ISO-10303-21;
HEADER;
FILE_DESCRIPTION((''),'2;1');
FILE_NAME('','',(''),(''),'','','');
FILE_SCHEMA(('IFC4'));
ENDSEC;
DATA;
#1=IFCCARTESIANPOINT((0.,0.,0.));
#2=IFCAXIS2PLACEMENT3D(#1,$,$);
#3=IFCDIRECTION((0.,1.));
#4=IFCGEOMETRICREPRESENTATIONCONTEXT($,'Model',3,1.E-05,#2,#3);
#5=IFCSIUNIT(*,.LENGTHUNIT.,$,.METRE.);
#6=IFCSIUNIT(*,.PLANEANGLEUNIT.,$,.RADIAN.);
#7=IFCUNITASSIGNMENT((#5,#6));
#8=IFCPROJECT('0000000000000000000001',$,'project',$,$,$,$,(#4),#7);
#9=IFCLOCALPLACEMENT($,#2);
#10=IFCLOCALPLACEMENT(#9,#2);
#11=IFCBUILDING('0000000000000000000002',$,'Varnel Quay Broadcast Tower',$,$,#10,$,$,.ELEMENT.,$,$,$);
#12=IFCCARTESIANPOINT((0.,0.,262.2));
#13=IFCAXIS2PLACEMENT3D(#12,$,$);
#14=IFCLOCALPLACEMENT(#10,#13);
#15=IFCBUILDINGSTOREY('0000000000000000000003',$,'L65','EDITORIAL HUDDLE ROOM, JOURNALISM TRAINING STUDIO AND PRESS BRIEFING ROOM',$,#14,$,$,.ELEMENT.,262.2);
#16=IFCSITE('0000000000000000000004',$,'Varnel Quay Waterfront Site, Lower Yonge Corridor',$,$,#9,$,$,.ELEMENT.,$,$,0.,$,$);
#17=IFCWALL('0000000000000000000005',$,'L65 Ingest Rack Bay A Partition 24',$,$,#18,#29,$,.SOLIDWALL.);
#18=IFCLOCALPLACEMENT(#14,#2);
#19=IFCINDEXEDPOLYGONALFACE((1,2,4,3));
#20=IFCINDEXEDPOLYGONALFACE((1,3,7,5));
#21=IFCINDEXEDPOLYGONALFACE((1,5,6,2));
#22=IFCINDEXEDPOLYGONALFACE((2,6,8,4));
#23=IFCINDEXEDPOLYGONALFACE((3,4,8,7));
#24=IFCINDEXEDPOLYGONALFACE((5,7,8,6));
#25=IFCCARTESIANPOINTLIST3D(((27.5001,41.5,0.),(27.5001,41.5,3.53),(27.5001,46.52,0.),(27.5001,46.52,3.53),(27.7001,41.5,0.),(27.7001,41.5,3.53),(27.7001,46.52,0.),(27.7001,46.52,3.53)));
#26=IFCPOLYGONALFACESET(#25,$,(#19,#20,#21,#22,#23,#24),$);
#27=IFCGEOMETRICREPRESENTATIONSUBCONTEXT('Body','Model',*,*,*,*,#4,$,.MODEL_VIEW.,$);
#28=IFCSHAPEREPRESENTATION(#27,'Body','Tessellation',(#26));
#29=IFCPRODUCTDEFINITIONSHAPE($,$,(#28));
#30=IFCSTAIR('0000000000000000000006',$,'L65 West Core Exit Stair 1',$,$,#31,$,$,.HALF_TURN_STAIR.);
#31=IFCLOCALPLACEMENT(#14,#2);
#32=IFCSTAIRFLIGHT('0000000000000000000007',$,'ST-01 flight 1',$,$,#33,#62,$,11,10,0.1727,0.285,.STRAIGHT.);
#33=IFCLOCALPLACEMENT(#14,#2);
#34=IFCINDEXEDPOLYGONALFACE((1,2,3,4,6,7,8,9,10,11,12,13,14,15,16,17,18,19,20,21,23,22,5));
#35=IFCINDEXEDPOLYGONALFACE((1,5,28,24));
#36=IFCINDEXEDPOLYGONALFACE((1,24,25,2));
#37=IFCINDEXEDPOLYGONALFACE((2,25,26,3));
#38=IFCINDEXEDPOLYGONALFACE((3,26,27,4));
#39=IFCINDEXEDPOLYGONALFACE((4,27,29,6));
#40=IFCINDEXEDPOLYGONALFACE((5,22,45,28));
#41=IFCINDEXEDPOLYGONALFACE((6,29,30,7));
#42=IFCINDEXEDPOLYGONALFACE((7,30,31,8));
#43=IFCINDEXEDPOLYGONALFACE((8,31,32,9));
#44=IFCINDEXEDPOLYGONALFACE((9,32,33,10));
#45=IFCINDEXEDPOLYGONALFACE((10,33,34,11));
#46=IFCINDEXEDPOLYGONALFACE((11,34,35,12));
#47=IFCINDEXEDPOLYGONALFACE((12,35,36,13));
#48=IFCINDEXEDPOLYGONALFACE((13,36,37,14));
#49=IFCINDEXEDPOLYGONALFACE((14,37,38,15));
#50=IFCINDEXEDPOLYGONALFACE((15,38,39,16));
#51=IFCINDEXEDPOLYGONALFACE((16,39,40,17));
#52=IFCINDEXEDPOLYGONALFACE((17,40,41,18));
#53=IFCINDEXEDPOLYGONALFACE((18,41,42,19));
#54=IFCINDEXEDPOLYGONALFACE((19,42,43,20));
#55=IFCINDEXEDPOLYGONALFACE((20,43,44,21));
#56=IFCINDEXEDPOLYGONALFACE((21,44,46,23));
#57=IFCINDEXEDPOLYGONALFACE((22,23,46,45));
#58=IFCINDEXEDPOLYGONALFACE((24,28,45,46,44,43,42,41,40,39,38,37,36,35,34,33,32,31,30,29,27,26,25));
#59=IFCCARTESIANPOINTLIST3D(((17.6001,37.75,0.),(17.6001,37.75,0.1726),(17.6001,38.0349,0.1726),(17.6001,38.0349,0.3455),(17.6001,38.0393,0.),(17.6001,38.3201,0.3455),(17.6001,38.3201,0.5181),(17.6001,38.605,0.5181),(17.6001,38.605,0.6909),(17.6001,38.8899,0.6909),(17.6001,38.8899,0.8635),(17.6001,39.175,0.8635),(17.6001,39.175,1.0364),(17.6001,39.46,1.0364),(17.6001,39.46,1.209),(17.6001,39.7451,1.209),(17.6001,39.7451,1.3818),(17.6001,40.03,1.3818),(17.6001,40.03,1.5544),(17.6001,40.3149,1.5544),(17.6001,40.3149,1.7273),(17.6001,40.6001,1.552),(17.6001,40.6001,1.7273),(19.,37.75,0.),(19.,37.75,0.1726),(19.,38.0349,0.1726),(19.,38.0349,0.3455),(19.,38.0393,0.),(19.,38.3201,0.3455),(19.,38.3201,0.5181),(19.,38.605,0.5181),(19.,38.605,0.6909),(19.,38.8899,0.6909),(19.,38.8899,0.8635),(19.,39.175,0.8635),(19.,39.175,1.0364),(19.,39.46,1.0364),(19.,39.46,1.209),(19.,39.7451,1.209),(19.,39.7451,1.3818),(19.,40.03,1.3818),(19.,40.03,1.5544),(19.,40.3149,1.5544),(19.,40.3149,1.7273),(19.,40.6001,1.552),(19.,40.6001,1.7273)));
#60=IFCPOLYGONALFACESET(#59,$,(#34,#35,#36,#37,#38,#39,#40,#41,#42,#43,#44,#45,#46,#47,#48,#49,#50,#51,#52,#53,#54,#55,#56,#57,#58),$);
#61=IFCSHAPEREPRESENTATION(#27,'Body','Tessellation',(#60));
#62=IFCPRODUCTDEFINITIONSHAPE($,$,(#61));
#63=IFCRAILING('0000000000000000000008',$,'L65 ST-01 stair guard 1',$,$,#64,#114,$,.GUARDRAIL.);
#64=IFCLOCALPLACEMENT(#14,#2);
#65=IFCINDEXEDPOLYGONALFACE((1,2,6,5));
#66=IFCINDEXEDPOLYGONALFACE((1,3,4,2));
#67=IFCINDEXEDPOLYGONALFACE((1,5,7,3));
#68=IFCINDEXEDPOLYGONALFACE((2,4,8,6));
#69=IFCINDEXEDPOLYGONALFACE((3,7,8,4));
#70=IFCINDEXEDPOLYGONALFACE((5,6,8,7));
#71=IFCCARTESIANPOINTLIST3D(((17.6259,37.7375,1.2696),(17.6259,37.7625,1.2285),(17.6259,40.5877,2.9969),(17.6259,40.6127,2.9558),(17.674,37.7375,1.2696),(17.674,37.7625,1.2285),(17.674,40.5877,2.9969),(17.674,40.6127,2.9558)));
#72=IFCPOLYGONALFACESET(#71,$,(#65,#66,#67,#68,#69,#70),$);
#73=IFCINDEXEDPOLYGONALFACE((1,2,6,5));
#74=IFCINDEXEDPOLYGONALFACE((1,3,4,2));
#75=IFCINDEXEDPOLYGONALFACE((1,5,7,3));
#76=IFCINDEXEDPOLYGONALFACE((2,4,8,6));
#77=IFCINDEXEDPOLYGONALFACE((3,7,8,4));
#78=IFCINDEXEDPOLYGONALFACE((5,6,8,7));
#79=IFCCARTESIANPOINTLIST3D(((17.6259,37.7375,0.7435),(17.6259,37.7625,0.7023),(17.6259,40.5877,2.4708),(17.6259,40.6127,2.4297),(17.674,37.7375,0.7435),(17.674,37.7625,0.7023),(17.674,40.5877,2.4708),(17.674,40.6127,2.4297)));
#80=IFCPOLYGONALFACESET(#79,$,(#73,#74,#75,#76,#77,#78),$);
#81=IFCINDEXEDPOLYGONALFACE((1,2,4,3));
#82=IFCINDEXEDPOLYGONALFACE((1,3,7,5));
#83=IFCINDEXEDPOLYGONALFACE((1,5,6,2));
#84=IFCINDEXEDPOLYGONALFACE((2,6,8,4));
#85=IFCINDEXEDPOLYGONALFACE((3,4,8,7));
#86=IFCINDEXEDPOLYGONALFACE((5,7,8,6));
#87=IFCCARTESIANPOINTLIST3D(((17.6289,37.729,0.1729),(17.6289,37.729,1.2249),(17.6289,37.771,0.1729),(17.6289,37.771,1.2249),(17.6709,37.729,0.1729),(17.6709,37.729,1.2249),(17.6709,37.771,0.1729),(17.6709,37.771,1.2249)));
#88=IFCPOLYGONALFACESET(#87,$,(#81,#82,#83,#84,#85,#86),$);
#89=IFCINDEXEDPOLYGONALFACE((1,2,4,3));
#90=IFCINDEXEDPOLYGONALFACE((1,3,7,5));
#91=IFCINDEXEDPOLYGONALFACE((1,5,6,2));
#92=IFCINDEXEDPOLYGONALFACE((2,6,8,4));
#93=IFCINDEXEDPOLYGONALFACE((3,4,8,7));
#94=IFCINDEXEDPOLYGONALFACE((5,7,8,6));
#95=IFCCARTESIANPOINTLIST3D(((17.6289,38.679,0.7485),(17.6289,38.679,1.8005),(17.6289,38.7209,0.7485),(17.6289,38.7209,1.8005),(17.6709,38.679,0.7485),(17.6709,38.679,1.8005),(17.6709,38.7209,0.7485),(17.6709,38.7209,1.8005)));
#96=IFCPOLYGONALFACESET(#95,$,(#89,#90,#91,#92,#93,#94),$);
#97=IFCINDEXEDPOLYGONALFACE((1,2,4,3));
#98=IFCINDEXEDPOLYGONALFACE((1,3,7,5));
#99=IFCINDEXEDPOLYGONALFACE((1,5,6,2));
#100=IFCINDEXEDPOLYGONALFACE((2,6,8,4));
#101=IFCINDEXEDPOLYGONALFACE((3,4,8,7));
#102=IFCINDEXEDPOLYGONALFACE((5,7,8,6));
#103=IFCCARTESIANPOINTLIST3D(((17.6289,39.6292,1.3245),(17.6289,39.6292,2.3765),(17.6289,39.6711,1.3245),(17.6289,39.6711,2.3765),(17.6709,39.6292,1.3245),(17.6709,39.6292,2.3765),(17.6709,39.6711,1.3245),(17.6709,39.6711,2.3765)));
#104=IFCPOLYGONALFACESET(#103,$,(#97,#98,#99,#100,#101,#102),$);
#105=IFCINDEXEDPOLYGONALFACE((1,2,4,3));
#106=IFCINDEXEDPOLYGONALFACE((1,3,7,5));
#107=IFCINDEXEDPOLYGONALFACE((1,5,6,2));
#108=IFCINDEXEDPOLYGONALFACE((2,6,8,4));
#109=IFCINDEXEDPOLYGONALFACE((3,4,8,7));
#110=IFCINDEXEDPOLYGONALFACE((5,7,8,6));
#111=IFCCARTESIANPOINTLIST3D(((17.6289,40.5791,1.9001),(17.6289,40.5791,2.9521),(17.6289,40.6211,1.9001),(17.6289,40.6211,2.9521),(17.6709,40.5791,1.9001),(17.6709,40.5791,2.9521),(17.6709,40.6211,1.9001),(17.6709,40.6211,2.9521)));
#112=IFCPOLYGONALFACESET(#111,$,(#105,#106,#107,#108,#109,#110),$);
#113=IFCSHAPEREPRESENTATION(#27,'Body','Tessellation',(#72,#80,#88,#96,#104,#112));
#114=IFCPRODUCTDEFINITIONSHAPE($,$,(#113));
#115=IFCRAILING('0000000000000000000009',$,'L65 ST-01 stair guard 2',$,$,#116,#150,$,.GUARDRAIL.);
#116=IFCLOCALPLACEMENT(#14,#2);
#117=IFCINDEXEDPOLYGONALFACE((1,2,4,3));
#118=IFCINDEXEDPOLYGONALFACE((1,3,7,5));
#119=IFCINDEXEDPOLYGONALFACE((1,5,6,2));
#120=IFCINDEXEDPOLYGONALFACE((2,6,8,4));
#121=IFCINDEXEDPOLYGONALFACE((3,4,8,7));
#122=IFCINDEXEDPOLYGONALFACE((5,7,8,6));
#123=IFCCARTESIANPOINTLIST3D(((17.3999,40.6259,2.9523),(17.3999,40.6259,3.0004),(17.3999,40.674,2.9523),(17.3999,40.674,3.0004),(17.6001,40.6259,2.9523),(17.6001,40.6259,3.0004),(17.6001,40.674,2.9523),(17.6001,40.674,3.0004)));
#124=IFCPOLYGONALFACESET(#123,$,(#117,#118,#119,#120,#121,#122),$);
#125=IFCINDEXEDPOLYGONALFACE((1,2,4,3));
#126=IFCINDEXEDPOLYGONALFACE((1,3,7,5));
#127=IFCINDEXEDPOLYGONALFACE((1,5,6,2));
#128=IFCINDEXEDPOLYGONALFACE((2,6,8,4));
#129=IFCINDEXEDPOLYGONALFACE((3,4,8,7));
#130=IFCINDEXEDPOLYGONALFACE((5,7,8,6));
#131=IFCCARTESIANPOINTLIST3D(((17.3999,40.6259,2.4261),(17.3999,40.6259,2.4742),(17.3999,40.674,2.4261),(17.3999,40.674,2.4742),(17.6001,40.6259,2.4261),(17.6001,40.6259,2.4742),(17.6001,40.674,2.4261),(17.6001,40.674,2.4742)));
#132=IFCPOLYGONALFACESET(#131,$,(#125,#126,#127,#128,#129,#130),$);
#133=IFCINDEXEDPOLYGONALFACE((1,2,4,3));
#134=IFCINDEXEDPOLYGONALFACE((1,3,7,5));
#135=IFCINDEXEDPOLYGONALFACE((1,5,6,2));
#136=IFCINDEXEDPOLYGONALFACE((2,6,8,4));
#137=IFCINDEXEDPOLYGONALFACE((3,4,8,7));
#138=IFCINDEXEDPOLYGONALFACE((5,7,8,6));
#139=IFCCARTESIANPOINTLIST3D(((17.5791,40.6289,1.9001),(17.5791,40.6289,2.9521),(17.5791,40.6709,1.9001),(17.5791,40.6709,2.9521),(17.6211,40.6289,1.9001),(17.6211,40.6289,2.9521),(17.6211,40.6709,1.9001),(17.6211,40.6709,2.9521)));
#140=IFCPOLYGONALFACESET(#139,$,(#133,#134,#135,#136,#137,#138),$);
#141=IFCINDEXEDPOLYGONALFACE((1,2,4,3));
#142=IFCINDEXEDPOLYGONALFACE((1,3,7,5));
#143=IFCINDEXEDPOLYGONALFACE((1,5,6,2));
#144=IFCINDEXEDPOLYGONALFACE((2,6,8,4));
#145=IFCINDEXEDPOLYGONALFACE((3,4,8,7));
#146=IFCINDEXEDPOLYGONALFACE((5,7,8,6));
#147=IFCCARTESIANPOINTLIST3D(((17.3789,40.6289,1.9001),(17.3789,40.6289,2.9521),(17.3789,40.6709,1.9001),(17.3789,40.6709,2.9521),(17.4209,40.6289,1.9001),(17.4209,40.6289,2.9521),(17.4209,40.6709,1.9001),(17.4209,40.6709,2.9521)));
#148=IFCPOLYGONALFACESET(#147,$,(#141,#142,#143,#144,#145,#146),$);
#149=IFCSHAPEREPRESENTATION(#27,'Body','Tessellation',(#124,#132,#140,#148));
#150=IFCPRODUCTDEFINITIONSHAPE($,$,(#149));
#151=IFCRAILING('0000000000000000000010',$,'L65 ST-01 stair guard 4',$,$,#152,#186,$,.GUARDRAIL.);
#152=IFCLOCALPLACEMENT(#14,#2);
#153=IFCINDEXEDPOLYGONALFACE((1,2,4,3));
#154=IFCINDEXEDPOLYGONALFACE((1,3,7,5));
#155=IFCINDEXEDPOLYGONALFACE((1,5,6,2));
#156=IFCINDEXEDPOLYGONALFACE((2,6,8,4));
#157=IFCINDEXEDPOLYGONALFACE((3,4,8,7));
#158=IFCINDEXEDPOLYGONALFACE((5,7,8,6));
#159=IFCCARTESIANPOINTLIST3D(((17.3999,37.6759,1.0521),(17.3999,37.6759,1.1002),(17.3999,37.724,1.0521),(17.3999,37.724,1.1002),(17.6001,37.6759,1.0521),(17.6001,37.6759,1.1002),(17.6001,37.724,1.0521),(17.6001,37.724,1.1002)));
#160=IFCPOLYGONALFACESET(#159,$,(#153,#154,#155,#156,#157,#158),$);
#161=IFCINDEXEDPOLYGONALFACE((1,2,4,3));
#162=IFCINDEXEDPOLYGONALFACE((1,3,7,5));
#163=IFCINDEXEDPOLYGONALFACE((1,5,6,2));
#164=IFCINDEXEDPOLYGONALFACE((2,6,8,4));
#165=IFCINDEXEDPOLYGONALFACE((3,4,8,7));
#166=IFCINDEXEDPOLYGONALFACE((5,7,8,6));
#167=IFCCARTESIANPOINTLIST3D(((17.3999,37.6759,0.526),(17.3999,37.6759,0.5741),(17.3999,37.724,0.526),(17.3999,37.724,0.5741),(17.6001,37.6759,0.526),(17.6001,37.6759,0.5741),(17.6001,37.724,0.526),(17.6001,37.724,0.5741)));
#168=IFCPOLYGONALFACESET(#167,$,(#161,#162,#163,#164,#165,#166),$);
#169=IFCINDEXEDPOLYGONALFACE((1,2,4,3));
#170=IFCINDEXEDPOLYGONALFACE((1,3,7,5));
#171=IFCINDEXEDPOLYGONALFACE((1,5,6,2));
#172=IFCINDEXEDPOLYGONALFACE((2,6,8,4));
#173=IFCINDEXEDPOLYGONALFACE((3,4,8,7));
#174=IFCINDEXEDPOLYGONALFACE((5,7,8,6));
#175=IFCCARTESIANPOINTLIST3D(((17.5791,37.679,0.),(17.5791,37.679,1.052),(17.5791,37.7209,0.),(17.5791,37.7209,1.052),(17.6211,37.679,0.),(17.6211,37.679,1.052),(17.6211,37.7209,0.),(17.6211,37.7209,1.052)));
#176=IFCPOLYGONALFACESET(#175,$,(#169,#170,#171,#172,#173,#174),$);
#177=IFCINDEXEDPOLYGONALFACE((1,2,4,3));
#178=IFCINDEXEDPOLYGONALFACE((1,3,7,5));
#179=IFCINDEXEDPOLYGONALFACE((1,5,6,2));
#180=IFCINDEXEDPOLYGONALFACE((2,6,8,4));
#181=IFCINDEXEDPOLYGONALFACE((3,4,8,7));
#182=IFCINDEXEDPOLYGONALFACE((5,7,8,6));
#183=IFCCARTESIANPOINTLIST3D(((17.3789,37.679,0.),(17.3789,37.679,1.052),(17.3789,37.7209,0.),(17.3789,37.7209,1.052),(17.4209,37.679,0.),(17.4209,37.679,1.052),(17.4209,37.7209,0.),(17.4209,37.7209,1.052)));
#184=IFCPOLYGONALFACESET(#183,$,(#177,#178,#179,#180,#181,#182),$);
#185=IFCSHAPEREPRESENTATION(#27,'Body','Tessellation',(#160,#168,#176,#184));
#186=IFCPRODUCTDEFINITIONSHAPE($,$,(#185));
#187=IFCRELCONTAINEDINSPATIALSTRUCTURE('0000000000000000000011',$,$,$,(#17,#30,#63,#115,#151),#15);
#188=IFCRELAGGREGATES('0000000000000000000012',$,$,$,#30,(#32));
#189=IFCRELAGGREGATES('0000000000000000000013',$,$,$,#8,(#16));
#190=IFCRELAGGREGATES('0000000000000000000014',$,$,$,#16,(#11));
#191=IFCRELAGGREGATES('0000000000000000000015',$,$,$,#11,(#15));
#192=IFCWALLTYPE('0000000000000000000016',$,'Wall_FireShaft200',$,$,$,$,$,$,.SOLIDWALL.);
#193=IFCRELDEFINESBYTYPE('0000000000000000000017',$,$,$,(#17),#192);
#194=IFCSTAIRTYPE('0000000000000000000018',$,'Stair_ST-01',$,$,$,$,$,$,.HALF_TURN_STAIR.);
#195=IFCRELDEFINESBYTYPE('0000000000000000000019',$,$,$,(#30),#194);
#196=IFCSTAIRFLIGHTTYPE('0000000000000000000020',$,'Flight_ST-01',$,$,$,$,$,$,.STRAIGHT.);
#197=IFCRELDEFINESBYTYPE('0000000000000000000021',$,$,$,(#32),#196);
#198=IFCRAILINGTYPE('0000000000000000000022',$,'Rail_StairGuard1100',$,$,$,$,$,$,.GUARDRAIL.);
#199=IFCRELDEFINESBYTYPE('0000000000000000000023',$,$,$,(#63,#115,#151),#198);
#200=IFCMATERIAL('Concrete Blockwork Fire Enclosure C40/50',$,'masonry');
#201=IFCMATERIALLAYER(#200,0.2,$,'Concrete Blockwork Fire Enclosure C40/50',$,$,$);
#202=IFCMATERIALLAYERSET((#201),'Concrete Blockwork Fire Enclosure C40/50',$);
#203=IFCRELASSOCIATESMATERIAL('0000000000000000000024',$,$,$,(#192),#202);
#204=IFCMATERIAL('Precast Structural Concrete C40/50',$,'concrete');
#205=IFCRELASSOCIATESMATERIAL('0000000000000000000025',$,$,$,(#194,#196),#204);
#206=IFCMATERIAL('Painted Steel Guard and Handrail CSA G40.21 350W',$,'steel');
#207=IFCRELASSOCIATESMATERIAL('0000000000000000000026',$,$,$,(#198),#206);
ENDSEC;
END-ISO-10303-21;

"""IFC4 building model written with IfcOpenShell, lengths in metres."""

from ifc_helpers import new_model, si_unit, direction, frame, frame_2d, origin, origin_2d, place, context, subcontext, project, spatial, polyline, rectangle, outline, extrude, material, layer, layer_set, type_object, element, aggregate, save


model = new_model("IFC4")

# Units and contexts
model_context = context("Model", 3, precision=1e-05, world=origin(), true_north=direction((0.0, 1.0)))
body_context = subcontext(model_context, "Body", "Model", "MODEL_VIEW")
ifc_project = project(units=[si_unit("LENGTHUNIT", "METRE"), si_unit("PLANEANGLEUNIT", "RADIAN")], contexts=[model_context])

# Site, building, storey
site_placement = place(None, origin())
site = spatial("IfcSite", under=ifc_project, at=site_placement, Name="Varnel Quay Waterfront Site, Lower Yonge Corridor", CompositionType="ELEMENT", RefElevation=0.0)
building_placement = place(site_placement, origin())
building = spatial("IfcBuilding", under=site, at=building_placement, Name="Varnel Quay Broadcast Tower", CompositionType="ELEMENT")
storey_placement = place(building_placement, frame((0.0, 0.0, 262.2)))
storey = spatial("IfcBuildingStorey", under=building, at=storey_placement, Name="L65", Description="EDITORIAL HUDDLE ROOM, JOURNALISM TRAINING STUDIO AND PRESS BRIEFING ROOM", CompositionType="ELEMENT", Elevation=262.2)

# Wall
ifc_material_1 = material(Name="Concrete Blockwork Fire Enclosure C40/50", Category="masonry")
ifc_layer_1 = layer(ifc_material_1, 0.2, Name="Concrete Blockwork Fire Enclosure C40/50")
ifc_layer_set_1 = layer_set([ifc_layer_1], Name="Concrete Blockwork Fire Enclosure C40/50")
wall_type_1 = type_object("IfcWallType", Name="Wall_FireShaft200", PredefinedType="SOLIDWALL", material=ifc_layer_set_1)
wall_1_placement = place(storey_placement, frame((27.6001, 41.5, 0.0), z_axis=(0.0, 0.0, 1.0), x_axis=(0.0, 1.0, 0.0)))
element("IfcWall", 1, at=wall_1_placement, inside=storey, type_object=wall_type_1, Name="L65 Ingest Rack Bay A Partition 24", PredefinedType="SOLIDWALL", context=body_context, shape_type="SweptSolid", body=[
    extrude(rectangle(XDim=5.02, YDim=0.2, at=frame_2d((2.51, 0.0))), origin(), (0.0, 0.0, 1.0), 3.53),
])

# Stair, stair flight
ifc_material_2 = material(Name="Precast Structural Concrete C40/50", Category="concrete")
stair_type = type_object("IfcStairType", Name="Stair_ST-01", PredefinedType="HALF_TURN_STAIR", material=ifc_material_2)
stair_placement = place(storey_placement, origin())
stair = element("IfcStair", 2, at=stair_placement, inside=storey, type_object=stair_type, Name="L65 West Core Exit Stair 1", PredefinedType="HALF_TURN_STAIR")
stair_flight_type = type_object("IfcStairFlightType", Name="Flight_ST-01", PredefinedType="STRAIGHT", material=ifc_material_2)
stair_flight_placement = place(storey_placement, frame((18.3, 37.75, 0.0), z_axis=(0.0, 0.0, 1.0), x_axis=(0.0, 1.0, 0.0)))
stair_flight = element("IfcStairFlight", 3, at=stair_flight_placement, type_object=stair_flight_type, Name="ST-01 flight 1", NumberOfRisers=11, NumberOfTreads=10, PredefinedType="STRAIGHT", RiserHeight=0.1727, TreadLength=0.285, context=body_context, shape_type="SweptSolid", body=[
    extrude(outline(polyline([(0.0, 0.0), (0.0, 0.1726), (0.2849, 0.1726), (0.2849, 0.3455), (0.5701, 0.3455), (0.5701, 0.5181), (0.855, 0.5181), (0.855, 0.6909), (1.1399, 0.6909), (1.1399, 0.8635), (1.425, 0.8635), (1.425, 1.0364), (1.71, 1.0364), (1.71, 1.209), (1.9951, 1.209), (1.9951, 1.3818), (2.28, 1.3818), (2.28, 1.5544), (2.5649, 1.5544), (2.5649, 1.7273), (2.8501, 1.7273), (2.8501, 1.8999), (2.8501, 1.552), (0.2893, 0.0), (0.0, 0.0)])), frame((0.0, 0.7, 0.0), z_axis=(0.0, -1.0, 0.0), x_axis=(1.0, 0.0, 0.0)), (0.0, 0.0, 1.0), 1.3999),
])
aggregate(stair, [stair_flight])

# Railings
ifc_material_3 = material(Name="Painted Steel Guard and Handrail CSA G40.21 350W", Category="steel")
railing_type_1 = type_object("IfcRailingType", Name="Rail_StairGuard1100", PredefinedType="GUARDRAIL", material=ifc_material_3)
railing_1_placement = place(storey_placement, frame((17.6499, 37.75, 0.1729)))
element("IfcRailing", 4, at=railing_1_placement, inside=storey, type_object=railing_type_1, Name="L65 ST-01 stair guard 1", PredefinedType="GUARDRAIL", context=body_context, shape_type="SweptSolid", body=[
    extrude(rectangle(XDim=0.0481, YDim=0.0481, at=origin_2d()), frame((0.0, 0.0, 1.0762), z_axis=(0.0, 0.855203, 0.518294), x_axis=(-1.0, 0.0, 0.0)), (0.0, 0.0, 1.0), 3.3328),
    extrude(rectangle(XDim=0.0481, YDim=0.0481, at=origin_2d()), frame((0.0, 0.0, 0.55), z_axis=(0.0, 0.855203, 0.518294), x_axis=(-1.0, 0.0, 0.0)), (0.0, 0.0, 1.0), 3.3328),
    extrude(rectangle(XDim=0.042, YDim=0.042, at=origin_2d()), origin(), (0.0, 0.0, 1.0), 1.052),
    extrude(rectangle(XDim=0.042, YDim=0.042, at=origin_2d()), frame((0.0, 0.95, 0.5757)), (0.0, 0.0, 1.0), 1.052),
    extrude(rectangle(XDim=0.042, YDim=0.042, at=origin_2d()), frame((0.0, 1.9001, 1.1516)), (0.0, 0.0, 1.0), 1.052),
    extrude(rectangle(XDim=0.042, YDim=0.042, at=origin_2d()), frame((0.0, 2.8501, 1.7273)), (0.0, 0.0, 1.0), 1.052),
])
for number, where, name in (
    (5, (17.6001, 40.6499, 1.9001), "L65 ST-01 stair guard 2"),
    (6, (17.6001, 37.7, 0.0), "L65 ST-01 stair guard 4"),
):
    element("IfcRailing", number, at=place(storey_placement, frame(where)), inside=storey, type_object=railing_type_1, Name=name, PredefinedType="GUARDRAIL", context=body_context, shape_type="SweptSolid", body=[
        extrude(rectangle(XDim=0.0481, YDim=0.0481, at=origin_2d()), frame((0.0, 0.0, 1.0762), z_axis=(-1.0, 0.0, 0.0), x_axis=(0.0, -1.0, 0.0)), (0.0, 0.0, 1.0), 0.2002),
        extrude(rectangle(XDim=0.0481, YDim=0.0481, at=origin_2d()), frame((0.0, 0.0, 0.55), z_axis=(-1.0, 0.0, 0.0), x_axis=(0.0, -1.0, 0.0)), (0.0, 0.0, 1.0), 0.2002),
        extrude(rectangle(XDim=0.042, YDim=0.042, at=origin_2d()), origin(), (0.0, 0.0, 1.0), 1.052),
        extrude(rectangle(XDim=0.042, YDim=0.042, at=origin_2d()), frame((-0.2002, 0.0, 0.0)), (0.0, 0.0, 1.0), 1.052),
    ])

save(model, "model.ifc")
